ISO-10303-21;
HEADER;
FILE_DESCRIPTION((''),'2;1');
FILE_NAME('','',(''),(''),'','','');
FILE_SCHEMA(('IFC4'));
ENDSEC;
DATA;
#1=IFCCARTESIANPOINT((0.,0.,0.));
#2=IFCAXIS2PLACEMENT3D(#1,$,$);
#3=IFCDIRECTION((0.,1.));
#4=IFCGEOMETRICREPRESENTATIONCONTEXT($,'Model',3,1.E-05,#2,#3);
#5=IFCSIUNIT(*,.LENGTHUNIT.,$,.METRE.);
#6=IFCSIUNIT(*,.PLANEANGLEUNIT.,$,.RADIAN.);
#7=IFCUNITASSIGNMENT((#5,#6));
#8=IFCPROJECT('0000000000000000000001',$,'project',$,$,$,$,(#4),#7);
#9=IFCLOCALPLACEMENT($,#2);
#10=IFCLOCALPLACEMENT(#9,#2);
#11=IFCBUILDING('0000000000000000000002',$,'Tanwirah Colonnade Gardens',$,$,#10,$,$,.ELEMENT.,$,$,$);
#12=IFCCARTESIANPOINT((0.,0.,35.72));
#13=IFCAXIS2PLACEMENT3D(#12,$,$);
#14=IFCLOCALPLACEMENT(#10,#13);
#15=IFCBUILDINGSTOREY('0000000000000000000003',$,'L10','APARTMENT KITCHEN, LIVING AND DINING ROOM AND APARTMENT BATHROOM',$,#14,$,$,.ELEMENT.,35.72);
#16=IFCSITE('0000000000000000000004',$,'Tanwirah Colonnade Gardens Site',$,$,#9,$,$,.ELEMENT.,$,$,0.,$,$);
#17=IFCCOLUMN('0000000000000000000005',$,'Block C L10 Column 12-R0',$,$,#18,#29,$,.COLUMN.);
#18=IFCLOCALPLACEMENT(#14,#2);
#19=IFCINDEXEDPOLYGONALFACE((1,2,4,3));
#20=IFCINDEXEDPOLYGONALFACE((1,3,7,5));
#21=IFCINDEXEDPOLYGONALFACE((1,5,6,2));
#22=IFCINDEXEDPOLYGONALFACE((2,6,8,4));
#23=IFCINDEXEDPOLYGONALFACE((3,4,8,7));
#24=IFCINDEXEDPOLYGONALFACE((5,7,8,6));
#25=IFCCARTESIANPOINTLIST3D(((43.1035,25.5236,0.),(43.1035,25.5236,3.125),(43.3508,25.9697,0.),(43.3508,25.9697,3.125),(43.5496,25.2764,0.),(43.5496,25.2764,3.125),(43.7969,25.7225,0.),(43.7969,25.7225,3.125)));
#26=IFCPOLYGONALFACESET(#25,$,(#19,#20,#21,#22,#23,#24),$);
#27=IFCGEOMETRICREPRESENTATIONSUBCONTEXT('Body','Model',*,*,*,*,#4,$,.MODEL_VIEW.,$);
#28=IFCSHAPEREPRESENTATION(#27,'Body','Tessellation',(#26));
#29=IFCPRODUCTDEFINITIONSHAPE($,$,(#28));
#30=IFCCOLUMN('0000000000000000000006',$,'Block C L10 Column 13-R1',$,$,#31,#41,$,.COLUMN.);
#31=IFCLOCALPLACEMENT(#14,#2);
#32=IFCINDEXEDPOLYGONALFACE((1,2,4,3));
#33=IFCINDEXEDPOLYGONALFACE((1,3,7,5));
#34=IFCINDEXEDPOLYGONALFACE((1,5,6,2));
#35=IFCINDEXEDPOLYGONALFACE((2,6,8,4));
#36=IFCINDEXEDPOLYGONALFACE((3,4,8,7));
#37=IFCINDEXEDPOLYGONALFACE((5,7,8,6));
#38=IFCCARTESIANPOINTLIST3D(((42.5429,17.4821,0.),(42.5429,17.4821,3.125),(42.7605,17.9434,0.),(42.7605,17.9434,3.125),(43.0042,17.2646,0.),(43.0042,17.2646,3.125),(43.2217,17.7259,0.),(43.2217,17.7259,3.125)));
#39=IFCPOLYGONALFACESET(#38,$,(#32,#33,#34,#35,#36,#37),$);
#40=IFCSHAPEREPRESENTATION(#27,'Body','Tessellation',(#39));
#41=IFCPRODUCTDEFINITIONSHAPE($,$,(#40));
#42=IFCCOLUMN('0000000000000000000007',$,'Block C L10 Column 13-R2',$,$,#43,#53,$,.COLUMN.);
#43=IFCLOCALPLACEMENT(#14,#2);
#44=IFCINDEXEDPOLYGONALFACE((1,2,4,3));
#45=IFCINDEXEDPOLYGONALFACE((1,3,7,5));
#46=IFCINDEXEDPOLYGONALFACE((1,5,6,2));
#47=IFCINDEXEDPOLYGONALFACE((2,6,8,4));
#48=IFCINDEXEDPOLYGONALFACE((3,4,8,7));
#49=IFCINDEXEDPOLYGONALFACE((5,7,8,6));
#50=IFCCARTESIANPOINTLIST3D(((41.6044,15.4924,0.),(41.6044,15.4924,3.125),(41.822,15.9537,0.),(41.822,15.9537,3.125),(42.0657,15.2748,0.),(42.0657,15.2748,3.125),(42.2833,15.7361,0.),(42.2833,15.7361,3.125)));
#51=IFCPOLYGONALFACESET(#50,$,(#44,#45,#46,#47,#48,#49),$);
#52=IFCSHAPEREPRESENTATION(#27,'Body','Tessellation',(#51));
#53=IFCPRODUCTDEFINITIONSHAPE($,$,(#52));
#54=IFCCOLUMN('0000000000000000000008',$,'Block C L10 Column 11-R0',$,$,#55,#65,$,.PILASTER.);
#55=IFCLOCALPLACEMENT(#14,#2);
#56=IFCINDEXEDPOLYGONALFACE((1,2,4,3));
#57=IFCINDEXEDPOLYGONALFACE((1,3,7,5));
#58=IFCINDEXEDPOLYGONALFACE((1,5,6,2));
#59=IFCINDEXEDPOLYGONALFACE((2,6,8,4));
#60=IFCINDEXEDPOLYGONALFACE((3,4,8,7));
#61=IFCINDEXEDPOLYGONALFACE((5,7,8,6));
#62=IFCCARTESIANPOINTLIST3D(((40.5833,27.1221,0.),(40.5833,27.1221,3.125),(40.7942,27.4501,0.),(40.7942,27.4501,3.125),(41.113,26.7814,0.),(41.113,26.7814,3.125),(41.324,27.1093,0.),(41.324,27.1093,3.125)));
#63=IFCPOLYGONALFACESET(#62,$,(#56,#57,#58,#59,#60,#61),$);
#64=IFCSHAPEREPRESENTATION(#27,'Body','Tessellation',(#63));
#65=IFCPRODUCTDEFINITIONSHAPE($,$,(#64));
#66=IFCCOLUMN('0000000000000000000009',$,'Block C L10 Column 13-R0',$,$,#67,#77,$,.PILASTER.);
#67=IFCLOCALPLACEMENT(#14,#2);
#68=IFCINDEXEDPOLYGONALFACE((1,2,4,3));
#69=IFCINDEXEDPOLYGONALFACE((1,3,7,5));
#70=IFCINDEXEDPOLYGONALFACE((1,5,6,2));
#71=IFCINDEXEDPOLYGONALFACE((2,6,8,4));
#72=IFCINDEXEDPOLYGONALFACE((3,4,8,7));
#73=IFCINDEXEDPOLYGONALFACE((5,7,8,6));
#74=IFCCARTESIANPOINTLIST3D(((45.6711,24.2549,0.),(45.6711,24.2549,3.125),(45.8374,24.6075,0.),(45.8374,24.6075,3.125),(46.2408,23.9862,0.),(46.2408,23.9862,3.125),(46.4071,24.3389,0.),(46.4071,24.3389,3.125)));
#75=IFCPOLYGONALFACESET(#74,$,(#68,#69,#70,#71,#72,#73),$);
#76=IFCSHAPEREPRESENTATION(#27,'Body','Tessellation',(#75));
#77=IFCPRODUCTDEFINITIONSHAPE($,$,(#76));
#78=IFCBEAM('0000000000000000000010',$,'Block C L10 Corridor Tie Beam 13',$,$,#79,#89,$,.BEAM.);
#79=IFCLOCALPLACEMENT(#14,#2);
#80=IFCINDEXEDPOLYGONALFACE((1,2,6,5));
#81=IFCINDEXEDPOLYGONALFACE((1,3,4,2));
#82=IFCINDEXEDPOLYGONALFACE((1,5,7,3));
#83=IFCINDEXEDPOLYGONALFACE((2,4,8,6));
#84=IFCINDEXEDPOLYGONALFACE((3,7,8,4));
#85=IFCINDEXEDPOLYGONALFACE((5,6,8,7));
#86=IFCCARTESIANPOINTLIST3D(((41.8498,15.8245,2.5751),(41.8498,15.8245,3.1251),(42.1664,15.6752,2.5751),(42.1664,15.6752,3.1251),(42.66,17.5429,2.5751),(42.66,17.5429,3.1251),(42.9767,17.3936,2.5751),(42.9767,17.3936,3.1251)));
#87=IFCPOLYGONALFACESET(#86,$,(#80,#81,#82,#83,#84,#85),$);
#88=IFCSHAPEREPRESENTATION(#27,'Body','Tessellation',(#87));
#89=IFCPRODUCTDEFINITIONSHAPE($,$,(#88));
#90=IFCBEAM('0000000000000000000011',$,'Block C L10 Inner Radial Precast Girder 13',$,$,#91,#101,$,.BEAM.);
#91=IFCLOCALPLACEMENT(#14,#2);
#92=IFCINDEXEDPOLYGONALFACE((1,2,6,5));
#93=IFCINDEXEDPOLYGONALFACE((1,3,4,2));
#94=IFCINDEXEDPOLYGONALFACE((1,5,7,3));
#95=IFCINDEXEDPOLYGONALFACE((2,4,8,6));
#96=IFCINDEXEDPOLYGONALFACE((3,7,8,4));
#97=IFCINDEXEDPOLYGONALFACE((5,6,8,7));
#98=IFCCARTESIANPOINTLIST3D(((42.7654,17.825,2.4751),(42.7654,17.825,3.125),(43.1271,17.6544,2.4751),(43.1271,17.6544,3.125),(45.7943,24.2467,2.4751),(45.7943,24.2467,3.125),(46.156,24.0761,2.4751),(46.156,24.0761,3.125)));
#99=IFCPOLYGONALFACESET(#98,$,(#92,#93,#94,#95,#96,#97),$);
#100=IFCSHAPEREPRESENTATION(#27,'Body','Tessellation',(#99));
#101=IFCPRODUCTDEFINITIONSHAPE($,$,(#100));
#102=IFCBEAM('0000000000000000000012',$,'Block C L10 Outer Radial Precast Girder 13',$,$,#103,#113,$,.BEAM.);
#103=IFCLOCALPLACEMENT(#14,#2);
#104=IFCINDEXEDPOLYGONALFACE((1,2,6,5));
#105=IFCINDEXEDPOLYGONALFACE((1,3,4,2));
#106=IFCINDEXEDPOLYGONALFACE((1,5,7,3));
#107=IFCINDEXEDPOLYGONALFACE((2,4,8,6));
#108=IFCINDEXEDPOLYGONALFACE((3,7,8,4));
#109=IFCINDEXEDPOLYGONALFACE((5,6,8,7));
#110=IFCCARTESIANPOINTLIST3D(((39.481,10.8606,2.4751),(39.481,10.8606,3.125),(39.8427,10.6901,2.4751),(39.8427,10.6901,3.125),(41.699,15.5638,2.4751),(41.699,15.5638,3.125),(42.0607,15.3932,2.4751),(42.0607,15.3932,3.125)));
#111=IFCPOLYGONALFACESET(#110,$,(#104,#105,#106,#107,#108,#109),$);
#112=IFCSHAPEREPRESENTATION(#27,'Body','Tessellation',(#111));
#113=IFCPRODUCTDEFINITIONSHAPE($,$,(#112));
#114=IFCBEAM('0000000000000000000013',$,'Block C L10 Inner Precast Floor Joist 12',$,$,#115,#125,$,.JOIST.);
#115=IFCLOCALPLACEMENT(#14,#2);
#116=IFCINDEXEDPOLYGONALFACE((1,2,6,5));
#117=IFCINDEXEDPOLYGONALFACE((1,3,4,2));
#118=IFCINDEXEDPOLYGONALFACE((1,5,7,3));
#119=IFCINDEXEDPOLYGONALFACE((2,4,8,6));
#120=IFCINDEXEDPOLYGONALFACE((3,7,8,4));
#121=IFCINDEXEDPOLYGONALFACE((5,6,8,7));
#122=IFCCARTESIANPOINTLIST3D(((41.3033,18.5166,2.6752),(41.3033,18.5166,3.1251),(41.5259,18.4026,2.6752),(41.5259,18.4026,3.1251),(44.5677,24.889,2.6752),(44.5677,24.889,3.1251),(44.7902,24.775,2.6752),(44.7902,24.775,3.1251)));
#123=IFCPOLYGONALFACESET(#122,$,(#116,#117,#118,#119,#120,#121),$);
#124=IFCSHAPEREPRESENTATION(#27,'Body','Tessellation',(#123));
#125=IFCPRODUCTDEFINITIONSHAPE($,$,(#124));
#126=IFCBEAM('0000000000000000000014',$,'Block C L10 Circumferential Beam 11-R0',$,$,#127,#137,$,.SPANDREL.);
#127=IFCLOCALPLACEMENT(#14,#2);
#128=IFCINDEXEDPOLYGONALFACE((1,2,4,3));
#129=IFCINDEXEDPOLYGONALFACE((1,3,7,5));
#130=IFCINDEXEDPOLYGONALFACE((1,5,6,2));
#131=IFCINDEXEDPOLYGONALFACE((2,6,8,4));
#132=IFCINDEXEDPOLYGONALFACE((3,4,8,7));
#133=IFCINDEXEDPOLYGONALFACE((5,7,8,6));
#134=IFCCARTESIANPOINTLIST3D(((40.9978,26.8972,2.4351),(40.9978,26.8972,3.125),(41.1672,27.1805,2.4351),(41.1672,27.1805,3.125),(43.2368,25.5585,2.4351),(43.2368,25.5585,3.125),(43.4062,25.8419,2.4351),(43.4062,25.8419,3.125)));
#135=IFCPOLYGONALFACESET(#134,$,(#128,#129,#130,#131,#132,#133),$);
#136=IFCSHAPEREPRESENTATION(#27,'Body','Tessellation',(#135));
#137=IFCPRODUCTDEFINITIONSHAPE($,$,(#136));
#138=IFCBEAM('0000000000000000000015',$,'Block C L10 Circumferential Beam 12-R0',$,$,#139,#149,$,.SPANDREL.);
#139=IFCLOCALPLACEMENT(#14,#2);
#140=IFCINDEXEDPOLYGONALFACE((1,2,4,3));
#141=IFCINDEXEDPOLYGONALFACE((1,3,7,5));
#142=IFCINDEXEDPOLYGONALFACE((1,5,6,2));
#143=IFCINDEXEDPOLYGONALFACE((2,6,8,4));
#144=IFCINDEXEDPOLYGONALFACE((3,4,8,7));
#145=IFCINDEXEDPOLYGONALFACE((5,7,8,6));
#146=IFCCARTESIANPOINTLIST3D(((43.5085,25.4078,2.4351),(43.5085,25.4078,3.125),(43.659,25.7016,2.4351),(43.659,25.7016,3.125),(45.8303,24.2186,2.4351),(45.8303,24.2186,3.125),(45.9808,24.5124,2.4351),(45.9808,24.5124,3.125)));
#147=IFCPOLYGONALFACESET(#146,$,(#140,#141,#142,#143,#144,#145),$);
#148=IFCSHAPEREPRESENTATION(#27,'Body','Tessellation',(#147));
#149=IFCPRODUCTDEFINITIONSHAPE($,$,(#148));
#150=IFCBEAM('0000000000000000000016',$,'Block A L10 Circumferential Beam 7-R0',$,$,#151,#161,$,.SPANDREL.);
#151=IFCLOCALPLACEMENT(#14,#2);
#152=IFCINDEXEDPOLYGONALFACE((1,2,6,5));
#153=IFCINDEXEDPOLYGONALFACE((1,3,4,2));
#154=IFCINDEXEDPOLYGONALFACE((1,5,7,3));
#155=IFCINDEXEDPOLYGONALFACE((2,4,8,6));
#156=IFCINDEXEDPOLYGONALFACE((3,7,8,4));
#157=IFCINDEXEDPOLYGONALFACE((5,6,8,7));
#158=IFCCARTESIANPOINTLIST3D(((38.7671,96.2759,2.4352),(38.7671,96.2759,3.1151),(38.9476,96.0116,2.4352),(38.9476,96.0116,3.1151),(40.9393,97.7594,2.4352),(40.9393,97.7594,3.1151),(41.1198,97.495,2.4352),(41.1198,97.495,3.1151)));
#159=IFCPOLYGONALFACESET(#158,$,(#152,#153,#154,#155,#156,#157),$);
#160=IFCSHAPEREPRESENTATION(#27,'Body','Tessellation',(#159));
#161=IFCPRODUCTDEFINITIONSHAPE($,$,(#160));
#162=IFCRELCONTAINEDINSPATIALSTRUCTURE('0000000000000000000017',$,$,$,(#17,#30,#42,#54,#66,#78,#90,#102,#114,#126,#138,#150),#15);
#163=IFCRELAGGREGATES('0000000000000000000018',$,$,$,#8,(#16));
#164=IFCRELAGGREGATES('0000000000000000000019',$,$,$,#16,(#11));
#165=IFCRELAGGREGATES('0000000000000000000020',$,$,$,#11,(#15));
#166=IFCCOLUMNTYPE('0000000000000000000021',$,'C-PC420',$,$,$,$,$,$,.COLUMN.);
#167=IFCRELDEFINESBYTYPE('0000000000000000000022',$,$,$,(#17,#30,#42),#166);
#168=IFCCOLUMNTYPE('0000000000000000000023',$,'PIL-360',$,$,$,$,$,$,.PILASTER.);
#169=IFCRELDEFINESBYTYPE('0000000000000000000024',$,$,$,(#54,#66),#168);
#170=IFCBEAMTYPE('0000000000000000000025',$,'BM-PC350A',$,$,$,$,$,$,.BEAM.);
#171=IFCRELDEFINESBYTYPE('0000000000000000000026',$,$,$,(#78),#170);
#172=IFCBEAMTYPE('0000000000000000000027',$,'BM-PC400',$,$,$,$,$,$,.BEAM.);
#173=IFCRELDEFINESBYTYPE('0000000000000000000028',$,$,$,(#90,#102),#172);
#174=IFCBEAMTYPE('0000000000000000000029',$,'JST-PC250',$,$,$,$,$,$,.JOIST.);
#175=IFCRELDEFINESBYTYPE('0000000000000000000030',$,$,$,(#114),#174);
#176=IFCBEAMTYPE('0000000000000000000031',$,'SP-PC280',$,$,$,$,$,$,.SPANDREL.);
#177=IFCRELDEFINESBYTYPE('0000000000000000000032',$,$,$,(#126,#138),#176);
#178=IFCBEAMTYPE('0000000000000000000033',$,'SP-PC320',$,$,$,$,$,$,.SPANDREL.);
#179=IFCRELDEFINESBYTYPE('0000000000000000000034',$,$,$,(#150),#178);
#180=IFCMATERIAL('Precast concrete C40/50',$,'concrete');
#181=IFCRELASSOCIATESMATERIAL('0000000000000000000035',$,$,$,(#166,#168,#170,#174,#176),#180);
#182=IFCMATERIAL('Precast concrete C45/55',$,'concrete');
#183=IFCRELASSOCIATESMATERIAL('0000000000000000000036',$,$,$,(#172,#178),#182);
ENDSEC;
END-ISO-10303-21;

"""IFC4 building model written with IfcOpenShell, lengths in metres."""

from ifc_helpers import new_model, si_unit, direction, frame, origin, origin_2d, place, context, subcontext, project, spatial, rectangle, extrude, material, material_profile, profile_set, type_object, element, save


model = new_model("IFC4")

# Units and contexts
model_context = context("Model", 3, precision=1e-05, world=origin(), true_north=direction((0.0, 1.0)))
body_context = subcontext(model_context, "Body", "Model", "MODEL_VIEW")
ifc_project = project(units=[si_unit("LENGTHUNIT", "METRE"), si_unit("PLANEANGLEUNIT", "RADIAN")], contexts=[model_context])

# Site, building, storey
site_placement = place(None, origin())
site = spatial("IfcSite", under=ifc_project, at=site_placement, Name="Tanwirah Colonnade Gardens Site", CompositionType="ELEMENT", RefElevation=0.0)
building_placement = place(site_placement, origin())
building = spatial("IfcBuilding", under=site, at=building_placement, Name="Tanwirah Colonnade Gardens", CompositionType="ELEMENT")
storey_placement = place(building_placement, frame((0.0, 0.0, 35.72)))
storey = spatial("IfcBuildingStorey", under=building, at=storey_placement, Name="L10", Description="APARTMENT KITCHEN, LIVING AND DINING ROOM AND APARTMENT BATHROOM", CompositionType="ELEMENT", Elevation=35.72)

# Columns
ifc_material_1 = material(Name="Precast concrete C40/50", Category="concrete")
ifc_material_profile_1 = material_profile(ifc_material_1, rectangle(XDim=0.51, YDim=0.51, at=origin_2d()), Name="PC-COL 510x510")
ifc_profile_set_1 = profile_set([ifc_material_profile_1], Name="Precast concrete C40/50")
column_type_1 = type_object("IfcColumnType", Name="C-PC420", PredefinedType="COLUMN", material=ifc_profile_set_1)
for number, where, z_axis, x_axis, name in (
    (1, (43.4502, 25.623, 0.0), (0.0, 0.0, 1.0), (-0.48481, -0.87462, 0.0), "Block C L10 Column 12-R0"),
    (2, (42.8823, 17.604, 0.0), (0.0, 0.0, 1.0), (-0.426569, -0.904455, 0.0), "Block C L10 Column 13-R1"),
    (3, (41.9438, 15.6143, 0.0), (0.0, 0.0, 1.0), (-0.426569, -0.904455, 0.0), "Block C L10 Column 13-R2"),
):
    element("IfcColumn", number, at=place(storey_placement, frame(where, z_axis=z_axis, x_axis=x_axis)), inside=storey, type_object=column_type_1, Name=name, PredefinedType="COLUMN", context=body_context, shape_type="SweptSolid", body=[
        extrude(rectangle(XDim=0.51, YDim=0.51, at=origin_2d()), origin(), (0.0, 0.0, 1.0), 3.125),
    ])
ifc_material_profile_2 = material_profile(ifc_material_1, rectangle(XDim=0.3899, YDim=0.6299, at=origin_2d()), Name="PC-PIL 390x630")
ifc_profile_set_2 = profile_set([ifc_material_profile_2], Name="Precast concrete C40/50")
column_type_2 = type_object("IfcColumnType", Name="PIL-360", PredefinedType="PILASTER", material=ifc_profile_set_2)
for number, where, z_axis, x_axis, name in (
    (4, (40.9536, 27.1157, 0.0), (0.0, 0.0, 1.0), (-0.540974, -0.841039, 0.0), "Block C L10 Column 11-R0"),
    (5, (46.0391, 24.2969, 0.0), (0.0, 0.0, 1.0), (-0.426569, -0.904455, 0.0), "Block C L10 Column 13-R0"),
):
    element("IfcColumn", number, at=place(storey_placement, frame(where, z_axis=z_axis, x_axis=x_axis)), inside=storey, type_object=column_type_2, Name=name, PredefinedType="PILASTER", context=body_context, shape_type="SweptSolid", body=[
        extrude(rectangle(XDim=0.3899, YDim=0.6299, at=origin_2d()), origin(), (0.0, 0.0, 1.0), 3.125),
    ])

# Beams
ifc_material_profile_3 = material_profile(ifc_material_1, rectangle(XDim=0.3501, YDim=0.55, at=origin_2d()), Name="PC-BM 350x550")
ifc_profile_set_3 = profile_set([ifc_material_profile_3], Name="Precast concrete C40/50")
beam_type_1 = type_object("IfcBeamType", Name="BM-PC350A", PredefinedType="BEAM", material=ifc_profile_set_3)
beam_1_placement = place(storey_placement, frame((42.8184, 17.4683, 2.8501), z_axis=(-0.426484, -0.904495, 0.0), x_axis=(0.904495, -0.426484, 0.0)))
element("IfcBeam", 6, at=beam_1_placement, inside=storey, type_object=beam_type_1, Name="Block C L10 Corridor Tie Beam 13", PredefinedType="BEAM", context=body_context, shape_type="SweptSolid", body=[
    extrude(rectangle(XDim=0.3501, YDim=0.55, at=origin_2d()), origin(), (0.0, 0.0, 1.0), 1.8999),
])
ifc_material_2 = material(Name="Precast concrete C45/55", Category="concrete")
ifc_material_profile_4 = material_profile(ifc_material_2, rectangle(XDim=0.3999, YDim=0.6499, at=origin_2d()), Name="PC-BM 400x650")
ifc_profile_set_4 = profile_set([ifc_material_profile_4], Name="Precast concrete C45/55")
beam_type_2 = type_object("IfcBeamType", Name="BM-PC400", PredefinedType="BEAM", material=ifc_profile_set_4)
beam_2_placement = place(storey_placement, frame((42.9463, 17.7397, 2.8), z_axis=(0.426588, 0.904446, 0.0), x_axis=(-0.904446, 0.426588, 0.0)))
element("IfcBeam", 7, at=beam_2_placement, inside=storey, type_object=beam_type_2, Name="Block C L10 Inner Radial Precast Girder 13", PredefinedType="BEAM", context=body_context, shape_type="SweptSolid", body=[
    extrude(rectangle(XDim=0.3999, YDim=0.6499, at=origin_2d()), origin(), (0.0, 0.0, 1.0), 7.1001),
])
beam_3_placement = place(storey_placement, frame((41.8799, 15.4785, 2.8), z_axis=(-0.42655, -0.904464, 0.0), x_axis=(0.904464, -0.42655, 0.0)))
element("IfcBeam", 8, at=beam_3_placement, inside=storey, type_object=beam_type_2, Name="Block C L10 Outer Radial Precast Girder 13", PredefinedType="BEAM", context=body_context, shape_type="SweptSolid", body=[
    extrude(rectangle(XDim=0.3999, YDim=0.6499, at=origin_2d()), origin(), (0.0, 0.0, 1.0), 5.2),
])
ifc_material_profile_5 = material_profile(ifc_material_1, rectangle(XDim=0.25, YDim=0.45, at=origin_2d()), Name="PC-JST 250x450")
ifc_profile_set_5 = profile_set([ifc_material_profile_5], Name="Precast concrete C40/50")
beam_type_3 = type_object("IfcBeamType", Name="JST-PC250", PredefinedType="JOIST", material=ifc_profile_set_5)
beam_4_placement = place(storey_placement, frame((44.679, 24.832, 2.9001), z_axis=(-0.455921, -0.89002, 0.0), x_axis=(0.89002, -0.455921, 0.0)))
element("IfcBeam", 9, at=beam_4_placement, inside=storey, type_object=beam_type_3, Name="Block C L10 Inner Precast Floor Joist 12", PredefinedType="JOIST", context=body_context, shape_type="SweptSolid", body=[
    extrude(rectangle(XDim=0.25, YDim=0.45, at=origin_2d()), origin(), (0.0, 0.0, 1.0), 7.1599),
])
ifc_material_profile_6 = material_profile(ifc_material_1, rectangle(XDim=0.3301, YDim=0.6899, at=origin_2d()), Name="PC-SP 330x690")
ifc_profile_set_6 = profile_set([ifc_material_profile_6], Name="Precast concrete C40/50")
beam_type_4 = type_object("IfcBeamType", Name="SP-PC280", PredefinedType="SPANDREL", material=ifc_profile_set_6)
for number, where, z_axis, x_axis, name in (
    (10, (41.0825, 27.0388, 2.78), (0.858301, -0.513146, 0.0), (0.513146, 0.858301, 0.0), "Block C L10 Circumferential Beam 11-R0"),
    (11, (43.5837, 25.5547, 2.78), (0.890042, -0.455878, 0.0), (0.455878, 0.890042, 0.0), "Block C L10 Circumferential Beam 12-R0"),
):
    element("IfcBeam", number, at=place(storey_placement, frame(where, z_axis=z_axis, x_axis=x_axis)), inside=storey, type_object=beam_type_4, Name=name, PredefinedType="SPANDREL", context=body_context, shape_type="SweptSolid", body=[
        extrude(rectangle(XDim=0.3301, YDim=0.6899, at=origin_2d()), origin(), (0.0, 0.0, 1.0), 2.6086),
    ])
ifc_material_profile_7 = material_profile(ifc_material_2, rectangle(XDim=0.3201, YDim=0.6799, at=origin_2d()), Name="PC-SP 320x680")
ifc_profile_set_7 = profile_set([ifc_material_profile_7], Name="Precast concrete C45/55")
beam_type_5 = type_object("IfcBeamType", Name="SP-PC320", PredefinedType="SPANDREL", material=ifc_profile_set_7)
beam_5_placement = place(storey_placement, frame((41.0295, 97.6272, 2.7751), z_axis=(-0.825801, -0.563962, 0.0), x_axis=(0.563962, -0.825801, 0.0)))
element("IfcBeam", 12, at=beam_5_placement, inside=storey, type_object=beam_type_5, Name="Block A L10 Circumferential Beam 7-R0", PredefinedType="SPANDREL", context=body_context, shape_type="SweptSolid", body=[
    extrude(rectangle(XDim=0.3201, YDim=0.6799, at=origin_2d()), origin(), (0.0, 0.0, 1.0), 2.6304),
])

save(model, "model.ifc")
